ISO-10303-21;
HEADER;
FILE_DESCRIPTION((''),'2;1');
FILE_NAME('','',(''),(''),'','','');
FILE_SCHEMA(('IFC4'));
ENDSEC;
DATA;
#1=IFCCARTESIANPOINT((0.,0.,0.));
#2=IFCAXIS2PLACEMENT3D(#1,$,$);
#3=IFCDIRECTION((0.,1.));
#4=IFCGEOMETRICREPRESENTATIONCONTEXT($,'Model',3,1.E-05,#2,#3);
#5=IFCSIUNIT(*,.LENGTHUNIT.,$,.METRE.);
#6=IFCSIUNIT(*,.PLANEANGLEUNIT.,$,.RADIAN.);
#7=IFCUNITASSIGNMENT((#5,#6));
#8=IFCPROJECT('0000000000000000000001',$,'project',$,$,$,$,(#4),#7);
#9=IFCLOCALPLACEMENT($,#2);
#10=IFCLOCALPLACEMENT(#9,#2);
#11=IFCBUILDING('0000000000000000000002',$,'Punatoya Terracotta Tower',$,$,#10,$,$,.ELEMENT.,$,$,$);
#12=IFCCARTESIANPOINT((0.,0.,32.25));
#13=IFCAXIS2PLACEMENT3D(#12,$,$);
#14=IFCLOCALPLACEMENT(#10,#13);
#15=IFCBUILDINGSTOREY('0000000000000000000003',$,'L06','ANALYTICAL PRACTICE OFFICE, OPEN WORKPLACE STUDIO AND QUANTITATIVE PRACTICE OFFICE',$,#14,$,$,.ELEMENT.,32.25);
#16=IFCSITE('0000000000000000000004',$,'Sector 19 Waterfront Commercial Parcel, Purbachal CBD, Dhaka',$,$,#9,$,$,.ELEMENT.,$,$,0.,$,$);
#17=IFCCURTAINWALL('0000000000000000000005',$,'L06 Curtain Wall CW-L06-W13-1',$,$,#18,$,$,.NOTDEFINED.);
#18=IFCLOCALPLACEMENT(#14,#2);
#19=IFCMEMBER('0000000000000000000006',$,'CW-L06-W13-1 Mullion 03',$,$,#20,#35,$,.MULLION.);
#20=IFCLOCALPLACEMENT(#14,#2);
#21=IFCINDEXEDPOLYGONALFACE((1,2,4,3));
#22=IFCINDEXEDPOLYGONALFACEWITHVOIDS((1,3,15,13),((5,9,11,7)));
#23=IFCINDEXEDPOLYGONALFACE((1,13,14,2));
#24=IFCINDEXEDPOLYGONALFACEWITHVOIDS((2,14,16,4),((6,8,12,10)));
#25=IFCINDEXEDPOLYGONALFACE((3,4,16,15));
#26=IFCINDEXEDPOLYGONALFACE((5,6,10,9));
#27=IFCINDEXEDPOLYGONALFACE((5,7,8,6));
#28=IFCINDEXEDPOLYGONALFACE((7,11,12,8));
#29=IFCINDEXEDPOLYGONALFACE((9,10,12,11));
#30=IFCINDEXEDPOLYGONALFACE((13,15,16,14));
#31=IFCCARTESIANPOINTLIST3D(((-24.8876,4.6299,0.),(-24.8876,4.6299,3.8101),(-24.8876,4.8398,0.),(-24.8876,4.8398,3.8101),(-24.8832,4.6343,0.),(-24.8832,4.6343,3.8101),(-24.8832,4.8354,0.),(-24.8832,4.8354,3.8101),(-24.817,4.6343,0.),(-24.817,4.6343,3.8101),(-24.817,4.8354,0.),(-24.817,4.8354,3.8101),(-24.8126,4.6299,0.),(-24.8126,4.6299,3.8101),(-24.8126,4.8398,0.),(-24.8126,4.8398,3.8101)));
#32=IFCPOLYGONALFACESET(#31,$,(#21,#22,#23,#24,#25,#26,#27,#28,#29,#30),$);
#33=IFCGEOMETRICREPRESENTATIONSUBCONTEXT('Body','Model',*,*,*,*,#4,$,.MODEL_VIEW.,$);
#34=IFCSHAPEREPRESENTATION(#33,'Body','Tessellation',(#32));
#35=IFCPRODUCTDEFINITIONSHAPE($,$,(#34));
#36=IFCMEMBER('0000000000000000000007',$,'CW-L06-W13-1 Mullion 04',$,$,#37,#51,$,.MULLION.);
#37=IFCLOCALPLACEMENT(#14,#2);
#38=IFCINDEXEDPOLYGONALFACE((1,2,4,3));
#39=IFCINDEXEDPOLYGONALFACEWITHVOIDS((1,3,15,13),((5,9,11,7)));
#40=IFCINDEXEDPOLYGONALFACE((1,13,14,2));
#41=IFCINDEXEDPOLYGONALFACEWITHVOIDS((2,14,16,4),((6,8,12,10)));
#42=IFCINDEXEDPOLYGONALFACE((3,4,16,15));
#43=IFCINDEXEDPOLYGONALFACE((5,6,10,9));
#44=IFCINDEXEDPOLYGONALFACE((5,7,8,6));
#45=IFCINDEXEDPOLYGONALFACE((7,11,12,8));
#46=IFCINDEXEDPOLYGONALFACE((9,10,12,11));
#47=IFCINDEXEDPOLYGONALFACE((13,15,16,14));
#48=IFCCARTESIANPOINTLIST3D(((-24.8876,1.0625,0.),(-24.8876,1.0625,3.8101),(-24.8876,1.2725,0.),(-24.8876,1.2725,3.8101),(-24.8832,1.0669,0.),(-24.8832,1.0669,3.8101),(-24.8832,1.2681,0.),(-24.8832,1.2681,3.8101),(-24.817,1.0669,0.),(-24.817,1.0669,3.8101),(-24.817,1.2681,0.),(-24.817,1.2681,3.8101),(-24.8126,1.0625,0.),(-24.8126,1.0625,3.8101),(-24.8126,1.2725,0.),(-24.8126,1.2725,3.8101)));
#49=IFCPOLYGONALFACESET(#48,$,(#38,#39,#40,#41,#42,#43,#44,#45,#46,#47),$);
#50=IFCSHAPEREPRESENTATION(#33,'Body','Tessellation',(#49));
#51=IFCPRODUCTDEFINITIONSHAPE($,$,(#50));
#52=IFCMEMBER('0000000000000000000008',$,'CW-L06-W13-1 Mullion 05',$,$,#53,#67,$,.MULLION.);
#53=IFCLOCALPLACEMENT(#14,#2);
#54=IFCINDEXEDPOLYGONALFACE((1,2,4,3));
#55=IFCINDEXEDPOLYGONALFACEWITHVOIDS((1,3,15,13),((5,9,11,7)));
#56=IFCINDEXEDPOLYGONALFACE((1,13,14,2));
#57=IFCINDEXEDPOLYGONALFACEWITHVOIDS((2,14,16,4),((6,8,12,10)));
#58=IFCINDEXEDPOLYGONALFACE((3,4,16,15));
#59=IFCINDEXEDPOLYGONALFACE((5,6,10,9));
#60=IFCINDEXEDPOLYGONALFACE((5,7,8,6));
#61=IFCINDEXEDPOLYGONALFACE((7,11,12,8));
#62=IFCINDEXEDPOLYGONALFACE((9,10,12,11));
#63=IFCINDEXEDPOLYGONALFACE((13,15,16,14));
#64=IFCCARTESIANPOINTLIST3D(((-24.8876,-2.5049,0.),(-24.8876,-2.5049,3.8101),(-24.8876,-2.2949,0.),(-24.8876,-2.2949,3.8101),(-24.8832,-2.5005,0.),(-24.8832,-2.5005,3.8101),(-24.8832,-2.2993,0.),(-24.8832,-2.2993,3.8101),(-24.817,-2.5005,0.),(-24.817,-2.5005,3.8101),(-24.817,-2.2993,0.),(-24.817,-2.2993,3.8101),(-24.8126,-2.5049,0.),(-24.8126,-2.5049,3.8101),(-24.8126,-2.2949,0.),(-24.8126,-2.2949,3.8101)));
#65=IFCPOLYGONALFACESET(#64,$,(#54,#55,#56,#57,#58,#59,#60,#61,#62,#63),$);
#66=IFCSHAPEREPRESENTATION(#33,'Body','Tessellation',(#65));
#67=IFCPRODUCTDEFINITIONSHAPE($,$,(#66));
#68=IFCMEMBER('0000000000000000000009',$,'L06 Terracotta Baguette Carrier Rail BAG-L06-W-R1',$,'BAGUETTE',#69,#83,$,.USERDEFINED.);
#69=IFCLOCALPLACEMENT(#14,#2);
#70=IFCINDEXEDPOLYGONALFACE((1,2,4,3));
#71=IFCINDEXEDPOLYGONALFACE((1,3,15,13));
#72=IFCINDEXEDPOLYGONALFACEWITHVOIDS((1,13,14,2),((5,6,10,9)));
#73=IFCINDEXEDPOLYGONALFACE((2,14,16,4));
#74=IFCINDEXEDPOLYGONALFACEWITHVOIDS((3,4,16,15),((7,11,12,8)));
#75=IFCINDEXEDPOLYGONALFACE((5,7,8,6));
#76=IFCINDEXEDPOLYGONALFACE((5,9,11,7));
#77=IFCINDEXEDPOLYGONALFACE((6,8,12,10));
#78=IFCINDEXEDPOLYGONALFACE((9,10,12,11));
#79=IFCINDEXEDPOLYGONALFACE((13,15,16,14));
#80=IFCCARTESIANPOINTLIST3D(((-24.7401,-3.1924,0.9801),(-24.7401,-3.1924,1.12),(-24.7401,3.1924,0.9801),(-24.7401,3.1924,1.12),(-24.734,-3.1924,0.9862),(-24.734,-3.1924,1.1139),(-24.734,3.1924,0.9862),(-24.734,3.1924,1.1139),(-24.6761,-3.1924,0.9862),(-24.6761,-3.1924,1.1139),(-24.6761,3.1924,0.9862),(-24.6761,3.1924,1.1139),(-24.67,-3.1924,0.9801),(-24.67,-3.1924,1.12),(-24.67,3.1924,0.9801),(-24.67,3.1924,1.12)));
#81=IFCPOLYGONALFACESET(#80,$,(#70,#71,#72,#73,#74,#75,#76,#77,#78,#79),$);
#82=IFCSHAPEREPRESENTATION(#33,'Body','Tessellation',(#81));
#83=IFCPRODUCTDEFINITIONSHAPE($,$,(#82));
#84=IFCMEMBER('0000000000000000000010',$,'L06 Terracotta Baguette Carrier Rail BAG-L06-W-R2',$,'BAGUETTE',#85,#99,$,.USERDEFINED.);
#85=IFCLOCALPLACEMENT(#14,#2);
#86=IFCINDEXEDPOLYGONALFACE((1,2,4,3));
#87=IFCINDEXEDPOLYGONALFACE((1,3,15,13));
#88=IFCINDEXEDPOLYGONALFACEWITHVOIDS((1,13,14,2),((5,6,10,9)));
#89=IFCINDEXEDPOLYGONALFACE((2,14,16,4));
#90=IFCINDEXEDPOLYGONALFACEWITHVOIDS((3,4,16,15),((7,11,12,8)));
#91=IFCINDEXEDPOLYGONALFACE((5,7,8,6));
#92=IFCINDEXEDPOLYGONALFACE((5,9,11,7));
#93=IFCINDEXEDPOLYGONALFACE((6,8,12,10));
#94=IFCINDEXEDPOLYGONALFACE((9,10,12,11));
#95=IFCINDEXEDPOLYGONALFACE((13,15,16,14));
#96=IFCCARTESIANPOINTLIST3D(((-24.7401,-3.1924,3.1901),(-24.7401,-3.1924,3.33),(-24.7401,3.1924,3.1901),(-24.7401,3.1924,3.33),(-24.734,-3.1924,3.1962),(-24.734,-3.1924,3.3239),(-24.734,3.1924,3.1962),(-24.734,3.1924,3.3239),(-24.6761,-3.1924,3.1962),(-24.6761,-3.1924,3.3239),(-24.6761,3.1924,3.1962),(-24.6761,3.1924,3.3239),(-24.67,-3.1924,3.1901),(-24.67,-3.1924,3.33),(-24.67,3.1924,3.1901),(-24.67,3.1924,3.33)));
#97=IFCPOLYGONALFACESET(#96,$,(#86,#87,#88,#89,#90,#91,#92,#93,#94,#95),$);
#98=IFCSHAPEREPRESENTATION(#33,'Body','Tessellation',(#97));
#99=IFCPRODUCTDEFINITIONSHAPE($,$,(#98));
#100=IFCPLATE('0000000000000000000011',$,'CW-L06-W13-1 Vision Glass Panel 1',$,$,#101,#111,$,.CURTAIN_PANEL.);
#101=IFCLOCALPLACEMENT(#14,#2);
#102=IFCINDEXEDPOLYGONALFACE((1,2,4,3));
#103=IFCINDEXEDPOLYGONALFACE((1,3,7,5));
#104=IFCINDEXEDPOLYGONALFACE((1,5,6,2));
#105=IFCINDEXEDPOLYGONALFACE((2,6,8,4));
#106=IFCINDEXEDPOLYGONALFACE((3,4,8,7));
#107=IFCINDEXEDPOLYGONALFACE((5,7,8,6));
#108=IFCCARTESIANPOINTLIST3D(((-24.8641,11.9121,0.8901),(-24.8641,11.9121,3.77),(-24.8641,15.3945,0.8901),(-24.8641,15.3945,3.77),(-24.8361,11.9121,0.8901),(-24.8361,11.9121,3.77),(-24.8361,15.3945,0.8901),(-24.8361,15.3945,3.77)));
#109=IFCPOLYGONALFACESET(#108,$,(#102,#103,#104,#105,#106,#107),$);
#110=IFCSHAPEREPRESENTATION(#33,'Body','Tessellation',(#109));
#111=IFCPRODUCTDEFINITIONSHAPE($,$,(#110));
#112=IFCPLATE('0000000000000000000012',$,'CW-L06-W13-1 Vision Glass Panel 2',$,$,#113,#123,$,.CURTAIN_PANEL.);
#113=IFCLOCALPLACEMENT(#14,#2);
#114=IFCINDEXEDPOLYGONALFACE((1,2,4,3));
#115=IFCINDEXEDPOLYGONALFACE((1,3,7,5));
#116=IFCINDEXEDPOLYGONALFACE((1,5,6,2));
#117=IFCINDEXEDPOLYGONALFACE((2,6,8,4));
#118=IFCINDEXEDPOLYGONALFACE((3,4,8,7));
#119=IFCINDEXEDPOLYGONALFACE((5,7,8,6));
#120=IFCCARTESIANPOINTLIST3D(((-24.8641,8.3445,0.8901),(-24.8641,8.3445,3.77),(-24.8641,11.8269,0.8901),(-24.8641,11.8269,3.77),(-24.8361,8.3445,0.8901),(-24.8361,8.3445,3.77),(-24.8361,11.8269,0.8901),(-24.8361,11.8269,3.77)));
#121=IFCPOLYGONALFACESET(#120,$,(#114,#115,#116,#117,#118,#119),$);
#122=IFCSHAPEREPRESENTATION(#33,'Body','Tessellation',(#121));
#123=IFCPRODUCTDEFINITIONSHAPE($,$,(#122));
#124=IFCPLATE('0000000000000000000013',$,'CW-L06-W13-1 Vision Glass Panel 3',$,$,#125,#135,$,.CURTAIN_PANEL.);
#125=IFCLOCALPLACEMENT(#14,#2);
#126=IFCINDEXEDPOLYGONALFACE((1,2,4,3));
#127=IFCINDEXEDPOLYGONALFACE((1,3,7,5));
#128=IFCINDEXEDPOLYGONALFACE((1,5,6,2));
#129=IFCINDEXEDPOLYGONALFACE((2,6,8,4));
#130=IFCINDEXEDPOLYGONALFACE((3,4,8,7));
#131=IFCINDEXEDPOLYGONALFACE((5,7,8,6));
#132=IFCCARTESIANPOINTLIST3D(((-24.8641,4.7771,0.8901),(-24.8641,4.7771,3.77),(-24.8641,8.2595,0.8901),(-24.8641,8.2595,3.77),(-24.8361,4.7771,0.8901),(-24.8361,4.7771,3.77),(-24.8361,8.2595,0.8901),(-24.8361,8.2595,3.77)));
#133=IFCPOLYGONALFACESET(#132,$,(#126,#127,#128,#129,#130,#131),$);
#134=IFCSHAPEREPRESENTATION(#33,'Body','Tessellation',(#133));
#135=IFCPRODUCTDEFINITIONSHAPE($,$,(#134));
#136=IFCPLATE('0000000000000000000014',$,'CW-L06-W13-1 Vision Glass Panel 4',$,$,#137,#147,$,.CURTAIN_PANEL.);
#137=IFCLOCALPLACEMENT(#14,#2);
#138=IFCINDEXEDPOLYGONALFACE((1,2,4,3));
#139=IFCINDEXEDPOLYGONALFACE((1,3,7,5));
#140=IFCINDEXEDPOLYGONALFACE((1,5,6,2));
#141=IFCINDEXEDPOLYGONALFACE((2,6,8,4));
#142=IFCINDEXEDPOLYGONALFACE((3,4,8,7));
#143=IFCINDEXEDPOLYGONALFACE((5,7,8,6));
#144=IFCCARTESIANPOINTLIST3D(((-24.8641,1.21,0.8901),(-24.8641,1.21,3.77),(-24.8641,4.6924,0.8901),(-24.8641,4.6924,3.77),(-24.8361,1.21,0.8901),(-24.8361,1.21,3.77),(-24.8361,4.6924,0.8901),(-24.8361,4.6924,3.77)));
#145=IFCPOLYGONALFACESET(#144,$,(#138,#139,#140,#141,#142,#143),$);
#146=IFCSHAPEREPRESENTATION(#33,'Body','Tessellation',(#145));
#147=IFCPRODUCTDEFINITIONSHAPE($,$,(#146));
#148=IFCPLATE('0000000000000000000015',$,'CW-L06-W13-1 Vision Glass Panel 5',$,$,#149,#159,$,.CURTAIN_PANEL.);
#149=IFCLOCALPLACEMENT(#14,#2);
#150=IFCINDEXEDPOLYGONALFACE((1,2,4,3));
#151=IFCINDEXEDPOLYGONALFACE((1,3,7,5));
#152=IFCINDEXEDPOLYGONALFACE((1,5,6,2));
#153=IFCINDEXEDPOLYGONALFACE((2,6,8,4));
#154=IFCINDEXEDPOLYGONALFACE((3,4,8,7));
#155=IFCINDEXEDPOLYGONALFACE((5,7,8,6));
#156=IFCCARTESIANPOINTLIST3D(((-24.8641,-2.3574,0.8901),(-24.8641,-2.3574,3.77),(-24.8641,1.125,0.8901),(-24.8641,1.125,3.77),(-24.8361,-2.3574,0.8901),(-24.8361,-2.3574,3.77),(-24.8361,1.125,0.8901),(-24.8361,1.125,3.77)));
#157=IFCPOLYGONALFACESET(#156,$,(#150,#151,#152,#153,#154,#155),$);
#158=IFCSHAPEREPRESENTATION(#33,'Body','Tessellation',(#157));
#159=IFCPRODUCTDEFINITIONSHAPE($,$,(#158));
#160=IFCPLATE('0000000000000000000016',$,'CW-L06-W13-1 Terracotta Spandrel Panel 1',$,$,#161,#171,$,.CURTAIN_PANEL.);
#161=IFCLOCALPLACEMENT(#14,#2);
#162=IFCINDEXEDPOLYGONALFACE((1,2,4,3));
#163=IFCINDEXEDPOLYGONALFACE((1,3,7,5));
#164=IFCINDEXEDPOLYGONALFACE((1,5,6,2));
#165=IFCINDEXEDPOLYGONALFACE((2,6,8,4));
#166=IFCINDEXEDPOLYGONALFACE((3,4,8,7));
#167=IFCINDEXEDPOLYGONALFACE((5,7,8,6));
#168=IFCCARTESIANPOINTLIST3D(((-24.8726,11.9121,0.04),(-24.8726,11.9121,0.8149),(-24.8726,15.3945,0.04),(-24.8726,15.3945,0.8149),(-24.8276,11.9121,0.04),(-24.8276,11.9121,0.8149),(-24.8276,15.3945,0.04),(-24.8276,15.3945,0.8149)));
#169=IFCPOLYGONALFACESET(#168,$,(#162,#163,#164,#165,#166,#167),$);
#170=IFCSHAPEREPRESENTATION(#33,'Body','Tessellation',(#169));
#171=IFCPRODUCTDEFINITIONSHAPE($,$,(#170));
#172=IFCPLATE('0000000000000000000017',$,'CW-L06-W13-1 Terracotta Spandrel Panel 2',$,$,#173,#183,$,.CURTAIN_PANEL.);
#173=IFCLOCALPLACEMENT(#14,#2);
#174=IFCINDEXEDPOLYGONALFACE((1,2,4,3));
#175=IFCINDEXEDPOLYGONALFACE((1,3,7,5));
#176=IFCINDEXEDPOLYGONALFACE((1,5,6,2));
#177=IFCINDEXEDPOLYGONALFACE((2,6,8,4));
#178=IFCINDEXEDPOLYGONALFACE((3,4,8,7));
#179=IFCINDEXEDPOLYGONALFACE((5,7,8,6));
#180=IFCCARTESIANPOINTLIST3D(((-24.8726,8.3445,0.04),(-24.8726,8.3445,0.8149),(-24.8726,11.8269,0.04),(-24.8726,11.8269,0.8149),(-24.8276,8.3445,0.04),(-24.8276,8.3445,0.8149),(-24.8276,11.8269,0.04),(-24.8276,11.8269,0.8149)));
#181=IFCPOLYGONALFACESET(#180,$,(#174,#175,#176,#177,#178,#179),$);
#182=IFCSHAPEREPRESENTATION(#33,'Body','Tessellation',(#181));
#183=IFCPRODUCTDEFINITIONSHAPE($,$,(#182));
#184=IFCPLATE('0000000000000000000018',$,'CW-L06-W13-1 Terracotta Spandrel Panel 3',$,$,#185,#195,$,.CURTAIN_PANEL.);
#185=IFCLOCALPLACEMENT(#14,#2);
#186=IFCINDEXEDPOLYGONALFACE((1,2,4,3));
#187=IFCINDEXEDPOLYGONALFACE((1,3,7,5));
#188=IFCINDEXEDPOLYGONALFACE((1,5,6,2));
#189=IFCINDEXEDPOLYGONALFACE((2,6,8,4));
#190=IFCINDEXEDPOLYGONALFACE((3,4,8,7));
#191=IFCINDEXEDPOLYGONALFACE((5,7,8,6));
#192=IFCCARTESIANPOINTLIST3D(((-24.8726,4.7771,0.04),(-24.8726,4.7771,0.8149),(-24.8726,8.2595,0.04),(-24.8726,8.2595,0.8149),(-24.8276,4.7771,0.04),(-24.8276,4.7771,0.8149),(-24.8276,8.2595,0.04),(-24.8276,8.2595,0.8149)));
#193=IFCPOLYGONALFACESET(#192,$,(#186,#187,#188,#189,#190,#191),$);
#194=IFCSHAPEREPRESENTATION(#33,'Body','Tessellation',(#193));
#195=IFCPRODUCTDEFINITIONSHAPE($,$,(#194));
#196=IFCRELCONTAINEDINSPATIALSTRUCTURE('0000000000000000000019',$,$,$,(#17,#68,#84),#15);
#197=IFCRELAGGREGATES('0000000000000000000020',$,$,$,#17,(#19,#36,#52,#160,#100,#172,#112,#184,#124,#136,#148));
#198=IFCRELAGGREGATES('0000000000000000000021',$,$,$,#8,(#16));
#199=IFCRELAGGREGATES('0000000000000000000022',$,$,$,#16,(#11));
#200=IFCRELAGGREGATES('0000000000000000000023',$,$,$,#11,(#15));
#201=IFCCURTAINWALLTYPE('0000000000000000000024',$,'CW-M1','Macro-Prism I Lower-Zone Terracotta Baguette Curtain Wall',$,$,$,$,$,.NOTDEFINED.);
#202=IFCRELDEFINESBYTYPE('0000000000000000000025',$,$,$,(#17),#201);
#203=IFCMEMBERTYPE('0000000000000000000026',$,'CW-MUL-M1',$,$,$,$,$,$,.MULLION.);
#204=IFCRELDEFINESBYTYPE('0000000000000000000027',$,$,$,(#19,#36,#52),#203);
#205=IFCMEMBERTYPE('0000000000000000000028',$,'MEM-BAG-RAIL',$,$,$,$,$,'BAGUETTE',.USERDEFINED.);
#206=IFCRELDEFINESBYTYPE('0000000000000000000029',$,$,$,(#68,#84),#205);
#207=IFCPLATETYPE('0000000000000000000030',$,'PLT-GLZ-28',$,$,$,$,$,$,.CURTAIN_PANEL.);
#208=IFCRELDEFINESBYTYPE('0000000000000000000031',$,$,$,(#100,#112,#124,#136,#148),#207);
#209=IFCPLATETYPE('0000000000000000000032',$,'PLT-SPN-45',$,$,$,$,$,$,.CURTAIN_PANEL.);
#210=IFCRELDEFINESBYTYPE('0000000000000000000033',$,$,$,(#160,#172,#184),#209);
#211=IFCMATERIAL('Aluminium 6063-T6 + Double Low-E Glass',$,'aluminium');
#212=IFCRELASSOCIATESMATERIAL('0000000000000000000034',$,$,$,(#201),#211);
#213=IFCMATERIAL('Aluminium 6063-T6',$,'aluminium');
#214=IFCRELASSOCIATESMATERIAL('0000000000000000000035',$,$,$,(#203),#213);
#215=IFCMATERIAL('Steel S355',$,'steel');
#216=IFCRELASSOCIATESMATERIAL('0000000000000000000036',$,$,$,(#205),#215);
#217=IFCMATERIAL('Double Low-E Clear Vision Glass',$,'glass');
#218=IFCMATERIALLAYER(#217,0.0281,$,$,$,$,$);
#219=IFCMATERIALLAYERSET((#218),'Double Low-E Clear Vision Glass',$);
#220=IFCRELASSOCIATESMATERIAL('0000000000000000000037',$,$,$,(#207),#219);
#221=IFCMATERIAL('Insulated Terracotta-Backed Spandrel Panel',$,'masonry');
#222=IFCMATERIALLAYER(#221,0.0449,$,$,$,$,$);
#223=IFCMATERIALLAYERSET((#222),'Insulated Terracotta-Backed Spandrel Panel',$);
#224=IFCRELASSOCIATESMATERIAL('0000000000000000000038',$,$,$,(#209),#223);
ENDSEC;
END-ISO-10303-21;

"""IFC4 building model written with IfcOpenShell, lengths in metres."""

from ifc_helpers import new_model, si_unit, direction, frame, origin, origin_2d, place, context, subcontext, project, spatial, rectangle, hollow_rectangle, extrude, material, layer, layer_set, material_profile, profile_set, type_object, element, aggregate, save


model = new_model("IFC4")

# Units and contexts
model_context = context("Model", 3, precision=1e-05, world=origin(), true_north=direction((0.0, 1.0)))
body_context = subcontext(model_context, "Body", "Model", "MODEL_VIEW")
ifc_project = project(units=[si_unit("LENGTHUNIT", "METRE"), si_unit("PLANEANGLEUNIT", "RADIAN")], contexts=[model_context])

# Site, building, storey
site_placement = place(None, origin())
site = spatial("IfcSite", under=ifc_project, at=site_placement, Name="Sector 19 Waterfront Commercial Parcel, Purbachal CBD, Dhaka", CompositionType="ELEMENT", RefElevation=0.0)
building_placement = place(site_placement, origin())
building = spatial("IfcBuilding", under=site, at=building_placement, Name="Punatoya Terracotta Tower", CompositionType="ELEMENT")
storey_placement = place(building_placement, frame((0.0, 0.0, 32.25)))
storey = spatial("IfcBuildingStorey", under=building, at=storey_placement, Name="L06", Description="ANALYTICAL PRACTICE OFFICE, OPEN WORKPLACE STUDIO AND QUANTITATIVE PRACTICE OFFICE", CompositionType="ELEMENT", Elevation=32.25)

# Curtain wall, members
ifc_material_1 = material(Name="Aluminium 6063-T6 + Double Low-E Glass", Category="aluminium")
curtain_wall_type = type_object("IfcCurtainWallType", Name="CW-M1", Description="Macro-Prism I Lower-Zone Terracotta Baguette Curtain Wall", PredefinedType="NOTDEFINED", material=ifc_material_1)
curtain_wall_placement = place(storey_placement, origin())
curtain_wall = element("IfcCurtainWall", 1, at=curtain_wall_placement, inside=storey, type_object=curtain_wall_type, Name="L06 Curtain Wall CW-L06-W13-1", PredefinedType="NOTDEFINED")
ifc_material_2 = material(Name="Aluminium 6063-T6", Category="aluminium")
ifc_material_profile_1 = material_profile(ifc_material_2, hollow_rectangle(XDim=0.075, YDim=0.21, WallThickness=0.0044, at=origin_2d()))
ifc_profile_set_1 = profile_set([ifc_material_profile_1], Name="Aluminium 6063-T6")
member_type_1 = type_object("IfcMemberType", Name="CW-MUL-M1", PredefinedType="MULLION", material=ifc_profile_set_1)
member_1_placement = place(storey_placement, frame((-24.8501, 4.7349, 0.0), z_axis=(0.0, 0.0, 1.0), x_axis=(1.0, 0.0, 0.0)))
member_1 = element("IfcMember", 2, at=member_1_placement, type_object=member_type_1, Name="CW-L06-W13-1 Mullion 03", PredefinedType="MULLION", context=body_context, shape_type="SweptSolid", body=[
    extrude(hollow_rectangle(XDim=0.075, YDim=0.21, WallThickness=0.0044, at=origin_2d()), origin(), (0.0, 0.0, 1.0), 3.8101),
])
member_2_placement = place(storey_placement, frame((-24.8501, 1.1675, 0.0), z_axis=(0.0, 0.0, 1.0), x_axis=(1.0, 0.0, 0.0)))
member_2 = element("IfcMember", 3, at=member_2_placement, type_object=member_type_1, Name="CW-L06-W13-1 Mullion 04", PredefinedType="MULLION", context=body_context, shape_type="SweptSolid", body=[
    extrude(hollow_rectangle(XDim=0.075, YDim=0.21, WallThickness=0.0044, at=origin_2d()), origin(), (0.0, 0.0, 1.0), 3.8101),
])
member_3_placement = place(storey_placement, frame((-24.8501, -2.3999, 0.0), z_axis=(0.0, 0.0, 1.0), x_axis=(1.0, 0.0, 0.0)))
member_3 = element("IfcMember", 4, at=member_3_placement, type_object=member_type_1, Name="CW-L06-W13-1 Mullion 05", PredefinedType="MULLION", context=body_context, shape_type="SweptSolid", body=[
    extrude(hollow_rectangle(XDim=0.075, YDim=0.21, WallThickness=0.0044, at=origin_2d()), origin(), (0.0, 0.0, 1.0), 3.8101),
])

# Members
ifc_material_3 = material(Name="Steel S355", Category="steel")
ifc_material_profile_2 = material_profile(ifc_material_3, hollow_rectangle(XDim=0.0701, YDim=0.1399, WallThickness=0.0061, at=origin_2d()))
ifc_profile_set_2 = profile_set([ifc_material_profile_2], Name="Steel S355")
member_type_2 = type_object("IfcMemberType", Name="MEM-BAG-RAIL", ElementType="BAGUETTE", PredefinedType="USERDEFINED", material=ifc_profile_set_2)
for number, where, z_axis, x_axis, name in (
    (5, (-24.7051, -3.1924, 1.05), (0.0, 1.0, 0.0), (-1.0, 0.0, 0.0), "L06 Terracotta Baguette Carrier Rail BAG-L06-W-R1"),
    (6, (-24.7051, -3.1924, 3.26), (0.0, 1.0, 0.0), (-1.0, 0.0, 0.0), "L06 Terracotta Baguette Carrier Rail BAG-L06-W-R2"),
):
    element("IfcMember", number, at=place(storey_placement, frame(where, z_axis=z_axis, x_axis=x_axis)), inside=storey, type_object=member_type_2, Name=name, ObjectType="BAGUETTE", PredefinedType="USERDEFINED", context=body_context, shape_type="SweptSolid", body=[
        extrude(hollow_rectangle(XDim=0.0701, YDim=0.1399, WallThickness=0.0061, at=origin_2d()), origin(), (0.0, 0.0, 1.0), 6.3848),
    ])

# Plates
ifc_material_4 = material(Name="Double Low-E Clear Vision Glass", Category="glass")
ifc_layer_1 = layer(ifc_material_4, 0.0281)
ifc_layer_set_1 = layer_set([ifc_layer_1], Name="Double Low-E Clear Vision Glass")
plate_type_1 = type_object("IfcPlateType", Name="PLT-GLZ-28", PredefinedType="CURTAIN_PANEL", material=ifc_layer_set_1)
plate_1_placement = place(storey_placement, frame((-24.8501, 13.6533, 0.8901), z_axis=(0.0, 0.0, 1.0), x_axis=(0.0, -1.0, 0.0)))
plate_1 = element("IfcPlate", 7, at=plate_1_placement, type_object=plate_type_1, Name="CW-L06-W13-1 Vision Glass Panel 1", PredefinedType="CURTAIN_PANEL", context=body_context, shape_type="SweptSolid", body=[
    extrude(rectangle(XDim=3.4824, YDim=0.0281, at=origin_2d()), origin(), (0.0, 0.0, 1.0), 2.8799),
])
plate_2_placement = place(storey_placement, frame((-24.8501, 10.0857, 0.8901), z_axis=(0.0, 0.0, 1.0), x_axis=(0.0, -1.0, 0.0)))
plate_2 = element("IfcPlate", 8, at=plate_2_placement, type_object=plate_type_1, Name="CW-L06-W13-1 Vision Glass Panel 2", PredefinedType="CURTAIN_PANEL", context=body_context, shape_type="SweptSolid", body=[
    extrude(rectangle(XDim=3.4824, YDim=0.0281, at=origin_2d()), origin(), (0.0, 0.0, 1.0), 2.8799),
])
plate_3_placement = place(storey_placement, frame((-24.8501, 6.5183, 0.8901), z_axis=(0.0, 0.0, 1.0), x_axis=(0.0, -1.0, 0.0)))
plate_3 = element("IfcPlate", 9, at=plate_3_placement, type_object=plate_type_1, Name="CW-L06-W13-1 Vision Glass Panel 3", PredefinedType="CURTAIN_PANEL", context=body_context, shape_type="SweptSolid", body=[
    extrude(rectangle(XDim=3.4824, YDim=0.0281, at=origin_2d()), origin(), (0.0, 0.0, 1.0), 2.8799),
])
plate_4_placement = place(storey_placement, frame((-24.8501, 2.9512, 0.8901), z_axis=(0.0, 0.0, 1.0), x_axis=(0.0, -1.0, 0.0)))
plate_4 = element("IfcPlate", 10, at=plate_4_placement, type_object=plate_type_1, Name="CW-L06-W13-1 Vision Glass Panel 4", PredefinedType="CURTAIN_PANEL", context=body_context, shape_type="SweptSolid", body=[
    extrude(rectangle(XDim=3.4824, YDim=0.0281, at=origin_2d()), origin(), (0.0, 0.0, 1.0), 2.8799),
])
plate_5_placement = place(storey_placement, frame((-24.8501, -0.6162, 0.8901), z_axis=(0.0, 0.0, 1.0), x_axis=(0.0, -1.0, 0.0)))
plate_5 = element("IfcPlate", 11, at=plate_5_placement, type_object=plate_type_1, Name="CW-L06-W13-1 Vision Glass Panel 5", PredefinedType="CURTAIN_PANEL", context=body_context, shape_type="SweptSolid", body=[
    extrude(rectangle(XDim=3.4824, YDim=0.0281, at=origin_2d()), origin(), (0.0, 0.0, 1.0), 2.8799),
])
ifc_material_5 = material(Name="Insulated Terracotta-Backed Spandrel Panel", Category="masonry")
ifc_layer_2 = layer(ifc_material_5, 0.0449)
ifc_layer_set_2 = layer_set([ifc_layer_2], Name="Insulated Terracotta-Backed Spandrel Panel")
plate_type_2 = type_object("IfcPlateType", Name="PLT-SPN-45", PredefinedType="CURTAIN_PANEL", material=ifc_layer_set_2)
plate_6_placement = place(storey_placement, frame((-24.8501, 13.6533, 0.04), z_axis=(0.0, 0.0, 1.0), x_axis=(0.0, -1.0, 0.0)))
plate_6 = element("IfcPlate", 12, at=plate_6_placement, type_object=plate_type_2, Name="CW-L06-W13-1 Terracotta Spandrel Panel 1", PredefinedType="CURTAIN_PANEL", context=body_context, shape_type="SweptSolid", body=[
    extrude(rectangle(XDim=3.4824, YDim=0.0449, at=origin_2d()), origin(), (0.0, 0.0, 1.0), 0.7749),
])
plate_7_placement = place(storey_placement, frame((-24.8501, 10.0857, 0.04), z_axis=(0.0, 0.0, 1.0), x_axis=(0.0, -1.0, 0.0)))
plate_7 = element("IfcPlate", 13, at=plate_7_placement, type_object=plate_type_2, Name="CW-L06-W13-1 Terracotta Spandrel Panel 2", PredefinedType="CURTAIN_PANEL", context=body_context, shape_type="SweptSolid", body=[
    extrude(rectangle(XDim=3.4824, YDim=0.0449, at=origin_2d()), origin(), (0.0, 0.0, 1.0), 0.7749),
])
plate_8_placement = place(storey_placement, frame((-24.8501, 6.5183, 0.04), z_axis=(0.0, 0.0, 1.0), x_axis=(0.0, -1.0, 0.0)))
plate_8 = element("IfcPlate", 14, at=plate_8_placement, type_object=plate_type_2, Name="CW-L06-W13-1 Terracotta Spandrel Panel 3", PredefinedType="CURTAIN_PANEL", context=body_context, shape_type="SweptSolid", body=[
    extrude(rectangle(XDim=3.4824, YDim=0.0449, at=origin_2d()), origin(), (0.0, 0.0, 1.0), 0.7749),
])
aggregate(curtain_wall, [member_1, member_2, member_3, plate_6, plate_1, plate_7, plate_2, plate_8, plate_3, plate_4, plate_5])

save(model, "model.ifc")
